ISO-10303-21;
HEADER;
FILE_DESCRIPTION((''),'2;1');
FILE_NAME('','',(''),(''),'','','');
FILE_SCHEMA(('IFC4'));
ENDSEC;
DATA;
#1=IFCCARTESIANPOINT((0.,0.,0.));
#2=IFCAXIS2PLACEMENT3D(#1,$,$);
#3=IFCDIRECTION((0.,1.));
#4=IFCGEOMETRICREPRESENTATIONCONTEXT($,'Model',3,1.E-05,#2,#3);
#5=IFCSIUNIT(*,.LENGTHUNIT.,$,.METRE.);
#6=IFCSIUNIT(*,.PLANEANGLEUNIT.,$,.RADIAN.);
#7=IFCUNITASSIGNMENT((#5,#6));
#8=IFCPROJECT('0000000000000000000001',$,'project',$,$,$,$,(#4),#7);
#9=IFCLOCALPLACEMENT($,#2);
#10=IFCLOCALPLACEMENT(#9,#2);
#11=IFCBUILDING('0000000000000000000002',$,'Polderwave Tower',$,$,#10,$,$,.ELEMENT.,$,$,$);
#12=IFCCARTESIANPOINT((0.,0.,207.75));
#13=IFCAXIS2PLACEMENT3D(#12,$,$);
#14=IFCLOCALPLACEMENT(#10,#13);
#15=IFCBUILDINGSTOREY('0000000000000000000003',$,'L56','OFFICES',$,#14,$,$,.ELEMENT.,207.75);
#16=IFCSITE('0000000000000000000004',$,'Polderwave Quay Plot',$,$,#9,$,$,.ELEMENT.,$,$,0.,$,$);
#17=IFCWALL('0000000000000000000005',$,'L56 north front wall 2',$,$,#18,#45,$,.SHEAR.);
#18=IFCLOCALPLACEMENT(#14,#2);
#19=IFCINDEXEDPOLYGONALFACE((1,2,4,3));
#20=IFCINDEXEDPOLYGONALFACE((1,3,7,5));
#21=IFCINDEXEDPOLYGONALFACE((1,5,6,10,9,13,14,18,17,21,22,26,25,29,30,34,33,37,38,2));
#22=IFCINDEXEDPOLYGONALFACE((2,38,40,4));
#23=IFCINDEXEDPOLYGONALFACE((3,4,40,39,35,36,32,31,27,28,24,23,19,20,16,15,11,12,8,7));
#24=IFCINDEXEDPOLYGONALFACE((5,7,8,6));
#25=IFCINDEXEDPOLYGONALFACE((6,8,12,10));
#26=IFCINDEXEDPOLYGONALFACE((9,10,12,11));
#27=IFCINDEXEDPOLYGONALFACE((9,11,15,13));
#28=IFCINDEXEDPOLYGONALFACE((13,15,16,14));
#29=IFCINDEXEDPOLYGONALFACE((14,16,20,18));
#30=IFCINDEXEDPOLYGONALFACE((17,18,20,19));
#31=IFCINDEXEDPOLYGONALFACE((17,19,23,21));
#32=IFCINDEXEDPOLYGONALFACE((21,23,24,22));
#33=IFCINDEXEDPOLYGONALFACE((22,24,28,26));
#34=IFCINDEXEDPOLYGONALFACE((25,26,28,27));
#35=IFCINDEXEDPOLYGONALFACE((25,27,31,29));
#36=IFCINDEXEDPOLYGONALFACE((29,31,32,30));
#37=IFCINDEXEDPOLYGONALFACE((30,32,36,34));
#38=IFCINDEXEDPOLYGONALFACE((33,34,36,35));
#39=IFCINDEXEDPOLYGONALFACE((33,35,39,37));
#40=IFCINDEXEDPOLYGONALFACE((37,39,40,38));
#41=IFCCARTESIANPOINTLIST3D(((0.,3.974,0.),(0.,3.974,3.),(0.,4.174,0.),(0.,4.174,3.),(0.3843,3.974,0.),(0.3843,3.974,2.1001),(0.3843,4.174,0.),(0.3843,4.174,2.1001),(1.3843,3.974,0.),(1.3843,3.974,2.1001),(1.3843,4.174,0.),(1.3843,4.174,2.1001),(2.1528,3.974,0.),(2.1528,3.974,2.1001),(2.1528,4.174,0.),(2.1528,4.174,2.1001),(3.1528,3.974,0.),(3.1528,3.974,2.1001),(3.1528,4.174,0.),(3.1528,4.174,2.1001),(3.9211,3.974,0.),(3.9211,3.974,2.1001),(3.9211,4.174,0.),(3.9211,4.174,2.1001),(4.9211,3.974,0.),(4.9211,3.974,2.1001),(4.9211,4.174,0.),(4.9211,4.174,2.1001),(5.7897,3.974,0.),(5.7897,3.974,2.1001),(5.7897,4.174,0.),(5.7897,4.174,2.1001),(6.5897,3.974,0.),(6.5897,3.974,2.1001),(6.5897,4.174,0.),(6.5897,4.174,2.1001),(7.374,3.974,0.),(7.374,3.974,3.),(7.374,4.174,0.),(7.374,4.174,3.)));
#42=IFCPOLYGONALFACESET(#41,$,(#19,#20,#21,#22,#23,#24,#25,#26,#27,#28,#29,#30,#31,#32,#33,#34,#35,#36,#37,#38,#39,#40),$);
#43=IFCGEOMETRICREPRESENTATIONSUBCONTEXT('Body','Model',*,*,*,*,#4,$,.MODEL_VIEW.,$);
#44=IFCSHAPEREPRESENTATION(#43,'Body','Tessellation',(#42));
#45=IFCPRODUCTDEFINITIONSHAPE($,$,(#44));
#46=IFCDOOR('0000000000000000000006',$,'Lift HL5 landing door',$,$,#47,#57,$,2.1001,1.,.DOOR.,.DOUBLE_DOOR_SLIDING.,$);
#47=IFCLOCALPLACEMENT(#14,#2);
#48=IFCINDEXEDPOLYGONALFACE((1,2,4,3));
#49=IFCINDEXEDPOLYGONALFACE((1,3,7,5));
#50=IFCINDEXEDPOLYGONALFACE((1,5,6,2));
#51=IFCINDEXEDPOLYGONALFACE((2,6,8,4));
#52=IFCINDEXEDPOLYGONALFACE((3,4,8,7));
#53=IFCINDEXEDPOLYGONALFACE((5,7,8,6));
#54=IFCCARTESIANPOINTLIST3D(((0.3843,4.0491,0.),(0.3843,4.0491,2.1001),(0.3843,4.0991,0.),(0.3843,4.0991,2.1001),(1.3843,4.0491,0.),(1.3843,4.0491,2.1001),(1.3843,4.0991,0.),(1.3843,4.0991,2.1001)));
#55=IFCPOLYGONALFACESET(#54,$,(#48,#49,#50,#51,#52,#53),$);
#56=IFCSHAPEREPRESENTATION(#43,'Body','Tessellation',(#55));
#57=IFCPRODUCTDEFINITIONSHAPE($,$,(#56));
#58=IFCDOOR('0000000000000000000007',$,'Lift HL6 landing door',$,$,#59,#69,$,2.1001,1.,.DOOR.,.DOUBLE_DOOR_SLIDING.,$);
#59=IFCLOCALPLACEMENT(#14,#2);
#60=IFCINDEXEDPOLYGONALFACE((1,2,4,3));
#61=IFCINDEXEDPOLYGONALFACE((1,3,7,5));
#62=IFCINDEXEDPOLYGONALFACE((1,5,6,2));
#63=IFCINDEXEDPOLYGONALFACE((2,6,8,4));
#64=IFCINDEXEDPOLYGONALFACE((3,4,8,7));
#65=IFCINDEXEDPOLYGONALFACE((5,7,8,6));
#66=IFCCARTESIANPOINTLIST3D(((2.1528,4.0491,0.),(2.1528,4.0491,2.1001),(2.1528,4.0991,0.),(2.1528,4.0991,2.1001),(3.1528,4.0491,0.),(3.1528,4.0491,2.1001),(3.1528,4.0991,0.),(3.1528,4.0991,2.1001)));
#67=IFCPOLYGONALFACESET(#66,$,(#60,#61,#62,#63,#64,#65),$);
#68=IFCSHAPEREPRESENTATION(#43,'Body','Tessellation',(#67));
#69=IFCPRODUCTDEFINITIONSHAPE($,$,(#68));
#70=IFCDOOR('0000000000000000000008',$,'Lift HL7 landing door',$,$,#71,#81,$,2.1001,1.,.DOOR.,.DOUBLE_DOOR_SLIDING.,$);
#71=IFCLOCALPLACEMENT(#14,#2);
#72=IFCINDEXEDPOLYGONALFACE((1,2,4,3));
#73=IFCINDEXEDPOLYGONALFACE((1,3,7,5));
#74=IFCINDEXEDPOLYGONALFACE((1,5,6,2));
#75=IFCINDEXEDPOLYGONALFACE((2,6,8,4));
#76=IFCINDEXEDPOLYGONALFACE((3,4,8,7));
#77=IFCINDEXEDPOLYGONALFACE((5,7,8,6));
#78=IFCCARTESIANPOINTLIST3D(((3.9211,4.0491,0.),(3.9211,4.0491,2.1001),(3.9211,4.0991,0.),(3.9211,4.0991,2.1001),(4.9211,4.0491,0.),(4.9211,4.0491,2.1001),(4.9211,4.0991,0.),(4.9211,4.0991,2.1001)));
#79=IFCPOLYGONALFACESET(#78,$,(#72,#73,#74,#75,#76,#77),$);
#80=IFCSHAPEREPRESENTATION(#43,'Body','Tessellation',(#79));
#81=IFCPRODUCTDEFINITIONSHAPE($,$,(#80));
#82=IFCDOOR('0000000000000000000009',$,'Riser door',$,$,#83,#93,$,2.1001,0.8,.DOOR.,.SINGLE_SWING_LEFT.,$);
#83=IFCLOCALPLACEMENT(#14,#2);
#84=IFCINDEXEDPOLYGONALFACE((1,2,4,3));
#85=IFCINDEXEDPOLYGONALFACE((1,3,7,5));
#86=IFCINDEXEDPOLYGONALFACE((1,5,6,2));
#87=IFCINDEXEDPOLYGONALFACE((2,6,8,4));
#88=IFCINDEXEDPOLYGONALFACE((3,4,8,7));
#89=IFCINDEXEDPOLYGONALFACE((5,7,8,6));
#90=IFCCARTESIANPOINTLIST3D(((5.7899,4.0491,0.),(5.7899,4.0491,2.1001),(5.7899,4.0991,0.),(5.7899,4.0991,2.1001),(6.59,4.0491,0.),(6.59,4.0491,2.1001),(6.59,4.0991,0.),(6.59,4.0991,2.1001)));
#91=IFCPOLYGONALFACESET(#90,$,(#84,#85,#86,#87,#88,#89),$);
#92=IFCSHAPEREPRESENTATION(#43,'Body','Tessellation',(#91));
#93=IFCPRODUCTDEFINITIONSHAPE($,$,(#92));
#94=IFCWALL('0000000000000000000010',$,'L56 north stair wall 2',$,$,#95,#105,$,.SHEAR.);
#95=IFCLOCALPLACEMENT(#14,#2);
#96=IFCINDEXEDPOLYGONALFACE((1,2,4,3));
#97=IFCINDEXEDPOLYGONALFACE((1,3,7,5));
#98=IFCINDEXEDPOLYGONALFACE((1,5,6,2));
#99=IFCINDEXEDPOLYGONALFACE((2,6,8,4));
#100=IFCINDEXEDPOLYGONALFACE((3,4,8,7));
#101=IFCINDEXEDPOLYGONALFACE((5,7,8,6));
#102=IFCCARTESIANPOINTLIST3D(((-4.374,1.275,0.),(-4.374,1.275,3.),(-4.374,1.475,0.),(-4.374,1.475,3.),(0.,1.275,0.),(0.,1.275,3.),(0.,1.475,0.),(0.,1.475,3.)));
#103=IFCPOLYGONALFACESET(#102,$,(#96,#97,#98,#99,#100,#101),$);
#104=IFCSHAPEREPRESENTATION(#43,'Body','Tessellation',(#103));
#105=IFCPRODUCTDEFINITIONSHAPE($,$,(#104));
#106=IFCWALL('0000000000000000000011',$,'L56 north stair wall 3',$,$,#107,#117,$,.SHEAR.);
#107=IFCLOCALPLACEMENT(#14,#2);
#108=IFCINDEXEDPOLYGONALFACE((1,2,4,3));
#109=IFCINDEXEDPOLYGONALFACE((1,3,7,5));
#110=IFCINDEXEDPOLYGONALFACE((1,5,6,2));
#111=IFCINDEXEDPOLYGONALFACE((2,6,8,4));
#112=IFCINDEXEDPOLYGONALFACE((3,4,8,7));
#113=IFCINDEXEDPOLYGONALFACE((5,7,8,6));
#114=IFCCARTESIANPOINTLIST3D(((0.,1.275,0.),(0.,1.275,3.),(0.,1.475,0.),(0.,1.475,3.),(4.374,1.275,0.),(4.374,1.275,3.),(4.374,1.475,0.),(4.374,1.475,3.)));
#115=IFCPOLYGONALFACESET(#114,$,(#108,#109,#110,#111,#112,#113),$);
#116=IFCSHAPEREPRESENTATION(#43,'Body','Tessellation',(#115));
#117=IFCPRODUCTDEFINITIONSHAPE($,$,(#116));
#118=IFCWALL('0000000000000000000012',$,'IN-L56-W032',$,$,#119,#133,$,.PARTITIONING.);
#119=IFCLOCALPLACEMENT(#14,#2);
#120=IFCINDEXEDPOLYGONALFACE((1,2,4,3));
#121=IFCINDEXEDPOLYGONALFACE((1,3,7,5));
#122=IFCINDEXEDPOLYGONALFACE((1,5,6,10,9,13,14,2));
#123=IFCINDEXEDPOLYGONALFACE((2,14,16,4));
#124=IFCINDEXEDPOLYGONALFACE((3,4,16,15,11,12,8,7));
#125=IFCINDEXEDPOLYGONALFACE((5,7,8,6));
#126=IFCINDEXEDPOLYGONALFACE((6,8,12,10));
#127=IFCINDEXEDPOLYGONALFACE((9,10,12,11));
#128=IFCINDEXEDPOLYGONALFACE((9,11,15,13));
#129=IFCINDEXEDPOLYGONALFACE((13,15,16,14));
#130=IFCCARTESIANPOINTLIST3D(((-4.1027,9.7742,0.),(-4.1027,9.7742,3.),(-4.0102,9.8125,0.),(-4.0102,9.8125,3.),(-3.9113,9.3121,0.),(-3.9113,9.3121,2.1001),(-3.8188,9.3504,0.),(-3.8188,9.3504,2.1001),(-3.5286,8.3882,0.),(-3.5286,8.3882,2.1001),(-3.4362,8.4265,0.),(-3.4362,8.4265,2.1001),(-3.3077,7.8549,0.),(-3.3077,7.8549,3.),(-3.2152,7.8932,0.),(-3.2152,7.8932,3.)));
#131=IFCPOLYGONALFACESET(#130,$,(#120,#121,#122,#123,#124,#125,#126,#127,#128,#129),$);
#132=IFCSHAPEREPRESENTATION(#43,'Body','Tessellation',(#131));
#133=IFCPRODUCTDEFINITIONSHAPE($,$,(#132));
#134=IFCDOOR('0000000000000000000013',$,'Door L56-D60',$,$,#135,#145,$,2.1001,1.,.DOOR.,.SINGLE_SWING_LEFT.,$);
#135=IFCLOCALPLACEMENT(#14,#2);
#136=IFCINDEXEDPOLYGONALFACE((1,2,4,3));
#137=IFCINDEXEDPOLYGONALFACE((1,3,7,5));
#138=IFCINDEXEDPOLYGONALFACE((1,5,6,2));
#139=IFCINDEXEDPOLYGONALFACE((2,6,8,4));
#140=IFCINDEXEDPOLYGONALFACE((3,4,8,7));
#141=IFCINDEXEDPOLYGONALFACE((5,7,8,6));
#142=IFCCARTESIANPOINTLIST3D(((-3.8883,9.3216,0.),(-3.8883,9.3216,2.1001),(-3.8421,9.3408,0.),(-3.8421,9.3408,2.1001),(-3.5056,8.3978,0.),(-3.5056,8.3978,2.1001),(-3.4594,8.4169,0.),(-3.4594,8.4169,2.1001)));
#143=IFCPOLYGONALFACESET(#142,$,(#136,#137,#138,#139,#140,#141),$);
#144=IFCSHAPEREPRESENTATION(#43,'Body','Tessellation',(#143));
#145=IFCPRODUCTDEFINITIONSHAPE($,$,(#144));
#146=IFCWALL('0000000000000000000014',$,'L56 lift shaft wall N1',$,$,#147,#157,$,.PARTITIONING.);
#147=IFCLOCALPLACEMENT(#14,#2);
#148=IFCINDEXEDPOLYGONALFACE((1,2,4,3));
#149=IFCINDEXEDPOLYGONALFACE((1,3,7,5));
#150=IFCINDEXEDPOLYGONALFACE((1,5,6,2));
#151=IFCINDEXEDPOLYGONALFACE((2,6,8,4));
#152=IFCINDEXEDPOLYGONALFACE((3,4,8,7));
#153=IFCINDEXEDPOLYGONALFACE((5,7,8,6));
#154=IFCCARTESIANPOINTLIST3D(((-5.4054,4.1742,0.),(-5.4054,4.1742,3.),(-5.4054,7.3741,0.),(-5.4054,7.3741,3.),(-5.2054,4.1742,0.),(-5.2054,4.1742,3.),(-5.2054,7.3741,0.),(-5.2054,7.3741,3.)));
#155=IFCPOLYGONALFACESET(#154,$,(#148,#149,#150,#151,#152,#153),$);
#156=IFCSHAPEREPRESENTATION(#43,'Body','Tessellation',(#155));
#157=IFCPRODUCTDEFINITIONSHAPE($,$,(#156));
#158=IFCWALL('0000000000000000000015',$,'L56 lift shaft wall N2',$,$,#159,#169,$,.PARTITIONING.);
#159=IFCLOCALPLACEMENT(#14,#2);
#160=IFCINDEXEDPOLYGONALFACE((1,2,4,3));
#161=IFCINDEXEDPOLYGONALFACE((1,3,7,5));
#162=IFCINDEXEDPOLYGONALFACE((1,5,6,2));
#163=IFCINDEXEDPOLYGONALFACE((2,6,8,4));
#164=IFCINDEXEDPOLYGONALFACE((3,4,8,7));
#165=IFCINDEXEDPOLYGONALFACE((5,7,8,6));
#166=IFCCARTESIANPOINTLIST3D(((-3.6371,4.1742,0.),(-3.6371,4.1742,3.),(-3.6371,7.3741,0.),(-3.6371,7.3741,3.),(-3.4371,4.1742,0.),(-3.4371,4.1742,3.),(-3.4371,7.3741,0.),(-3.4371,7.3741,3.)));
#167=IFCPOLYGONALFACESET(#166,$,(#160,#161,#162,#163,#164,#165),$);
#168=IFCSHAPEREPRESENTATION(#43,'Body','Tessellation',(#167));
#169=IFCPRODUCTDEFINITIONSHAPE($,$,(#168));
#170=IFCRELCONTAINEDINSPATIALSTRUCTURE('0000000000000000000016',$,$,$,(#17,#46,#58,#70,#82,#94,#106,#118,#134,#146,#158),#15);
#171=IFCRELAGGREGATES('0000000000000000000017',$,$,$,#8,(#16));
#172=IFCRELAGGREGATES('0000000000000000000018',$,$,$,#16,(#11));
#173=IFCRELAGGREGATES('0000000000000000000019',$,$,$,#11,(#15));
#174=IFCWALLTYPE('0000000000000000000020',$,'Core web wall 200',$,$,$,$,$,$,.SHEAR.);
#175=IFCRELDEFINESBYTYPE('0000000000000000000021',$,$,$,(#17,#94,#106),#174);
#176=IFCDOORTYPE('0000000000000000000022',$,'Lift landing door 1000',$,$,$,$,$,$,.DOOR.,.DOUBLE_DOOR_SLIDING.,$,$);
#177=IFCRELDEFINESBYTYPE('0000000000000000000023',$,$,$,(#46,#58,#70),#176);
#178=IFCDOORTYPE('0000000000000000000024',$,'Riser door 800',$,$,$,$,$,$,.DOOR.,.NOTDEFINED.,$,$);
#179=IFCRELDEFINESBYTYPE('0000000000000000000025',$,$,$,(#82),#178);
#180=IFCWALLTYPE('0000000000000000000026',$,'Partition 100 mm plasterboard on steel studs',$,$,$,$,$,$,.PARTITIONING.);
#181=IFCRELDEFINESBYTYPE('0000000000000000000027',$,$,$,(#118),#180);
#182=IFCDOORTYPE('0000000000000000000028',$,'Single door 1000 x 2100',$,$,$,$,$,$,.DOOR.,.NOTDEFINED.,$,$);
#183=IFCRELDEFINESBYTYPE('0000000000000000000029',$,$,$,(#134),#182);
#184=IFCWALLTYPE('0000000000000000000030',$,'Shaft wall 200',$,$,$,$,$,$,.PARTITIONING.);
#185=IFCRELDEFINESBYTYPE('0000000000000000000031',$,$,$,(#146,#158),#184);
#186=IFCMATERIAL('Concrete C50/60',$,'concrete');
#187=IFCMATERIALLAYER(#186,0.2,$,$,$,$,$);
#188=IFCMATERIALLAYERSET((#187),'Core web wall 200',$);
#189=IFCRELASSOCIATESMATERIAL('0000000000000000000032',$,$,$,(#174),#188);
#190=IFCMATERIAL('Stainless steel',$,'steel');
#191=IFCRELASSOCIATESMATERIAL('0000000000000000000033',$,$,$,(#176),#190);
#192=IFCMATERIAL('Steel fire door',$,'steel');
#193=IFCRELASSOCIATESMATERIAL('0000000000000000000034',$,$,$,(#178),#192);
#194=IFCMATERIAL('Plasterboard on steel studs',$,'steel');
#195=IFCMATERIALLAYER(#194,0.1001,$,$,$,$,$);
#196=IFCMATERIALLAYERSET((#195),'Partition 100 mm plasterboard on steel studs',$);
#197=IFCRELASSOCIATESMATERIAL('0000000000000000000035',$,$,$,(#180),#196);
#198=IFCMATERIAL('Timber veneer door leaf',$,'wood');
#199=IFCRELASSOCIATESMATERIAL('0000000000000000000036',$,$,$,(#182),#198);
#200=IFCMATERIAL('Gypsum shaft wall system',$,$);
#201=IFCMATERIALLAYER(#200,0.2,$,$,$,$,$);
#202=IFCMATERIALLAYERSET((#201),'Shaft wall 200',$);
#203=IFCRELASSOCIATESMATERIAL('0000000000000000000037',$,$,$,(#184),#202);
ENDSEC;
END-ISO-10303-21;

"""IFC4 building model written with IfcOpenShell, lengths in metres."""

from ifc_helpers import new_model, si_unit, direction, frame, frame_2d, origin, place, context, subcontext, project, spatial, rectangle, extrude, material, layer, layer_set, type_object, element, fill, save


model = new_model("IFC4")

# Units and contexts
model_context = context("Model", 3, precision=1e-05, world=origin(), true_north=direction((0.0, 1.0)))
body_context = subcontext(model_context, "Body", "Model", "MODEL_VIEW")
ifc_project = project(units=[si_unit("LENGTHUNIT", "METRE"), si_unit("PLANEANGLEUNIT", "RADIAN")], contexts=[model_context])

# Site, building, storey
site_placement = place(None, origin())
site = spatial("IfcSite", under=ifc_project, at=site_placement, Name="Polderwave Quay Plot", CompositionType="ELEMENT", RefElevation=0.0)
building_placement = place(site_placement, origin())
building = spatial("IfcBuilding", under=site, at=building_placement, Name="Polderwave Tower", CompositionType="ELEMENT")
storey_placement = place(building_placement, frame((0.0, 0.0, 207.75)))
storey = spatial("IfcBuildingStorey", under=building, at=storey_placement, Name="L56", Description="OFFICES", CompositionType="ELEMENT", Elevation=207.75)

# Wall, openings, doors
ifc_material_1 = material(Name="Concrete C50/60", Category="concrete")
ifc_layer_1 = layer(ifc_material_1, 0.2)
ifc_layer_set_1 = layer_set([ifc_layer_1], Name="Core web wall 200")
wall_type_1 = type_object("IfcWallType", Name="Core web wall 200", PredefinedType="SHEAR", material=ifc_layer_set_1)
wall_1_placement = place(storey_placement, frame((0.0, 4.074, 0.0), z_axis=(0.0, 0.0, 1.0), x_axis=(1.0, 0.0, 0.0)))
wall_1 = element("IfcWall", 1, at=wall_1_placement, inside=storey, type_object=wall_type_1, Name="L56 north front wall 2", PredefinedType="SHEAR", context=body_context, shape_type="SweptSolid", body=[
    extrude(rectangle(XDim=7.374, YDim=0.2, at=frame_2d((3.687, 0.0))), origin(), (0.0, 0.0, 1.0), 3.0),
])
opening_1_placement = place(wall_1_placement, frame((0.3843, 0.0, 0.0)))
opening_1 = element("IfcOpeningElement", 2, at=opening_1_placement, cuts=wall_1, PredefinedType="OPENING", context=body_context, shape_type="SweptSolid", body=[
    extrude(rectangle(XDim=1.0, YDim=2.1001, at=frame_2d((0.5, 1.05))), frame((0.0, 0.1099, 0.0), z_axis=(0.0, -1.0, 0.0), x_axis=(1.0, 0.0, 0.0)), (0.0, 0.0, 1.0), 0.22),
])
opening_2_placement = place(wall_1_placement, frame((2.1528, 0.0, 0.0)))
opening_2 = element("IfcOpeningElement", 3, at=opening_2_placement, cuts=wall_1, PredefinedType="OPENING", context=body_context, shape_type="SweptSolid", body=[
    extrude(rectangle(XDim=1.0, YDim=2.1001, at=frame_2d((0.5, 1.05))), frame((0.0, 0.1099, 0.0), z_axis=(0.0, -1.0, 0.0), x_axis=(1.0, 0.0, 0.0)), (0.0, 0.0, 1.0), 0.22),
])
opening_3_placement = place(wall_1_placement, frame((3.9211, 0.0, 0.0)))
opening_3 = element("IfcOpeningElement", 4, at=opening_3_placement, cuts=wall_1, PredefinedType="OPENING", context=body_context, shape_type="SweptSolid", body=[
    extrude(rectangle(XDim=1.0, YDim=2.1001, at=frame_2d((0.5, 1.05))), frame((0.0, 0.1099, 0.0), z_axis=(0.0, -1.0, 0.0), x_axis=(1.0, 0.0, 0.0)), (0.0, 0.0, 1.0), 0.22),
])
opening_4_placement = place(wall_1_placement, frame((5.7898, 0.0, 0.0)))
opening_4 = element("IfcOpeningElement", 5, at=opening_4_placement, cuts=wall_1, PredefinedType="OPENING", context=body_context, shape_type="SweptSolid", body=[
    extrude(rectangle(XDim=0.8, YDim=2.1001, at=frame_2d((0.3999, 1.05))), frame((0.0, 0.1099, 0.0), z_axis=(0.0, -1.0, 0.0), x_axis=(1.0, 0.0, 0.0)), (0.0, 0.0, 1.0), 0.22),
])
ifc_material_2 = material(Name="Stainless steel", Category="steel")
door_type_1 = type_object("IfcDoorType", Name="Lift landing door 1000", OperationType="DOUBLE_DOOR_SLIDING", PredefinedType="DOOR", material=ifc_material_2)
door_1_placement = place(opening_1_placement, frame((1.0, 0.0, 0.0), z_axis=(0.0, 0.0, 1.0), x_axis=(-1.0, 0.0, 0.0)))
door_1 = element("IfcDoor", 6, at=door_1_placement, inside=storey, type_object=door_type_1, Name="Lift HL5 landing door", OperationType="DOUBLE_DOOR_SLIDING", OverallHeight=2.1001, OverallWidth=1.0, PredefinedType="DOOR", context=body_context, shape_type="SweptSolid", body=[
    extrude(rectangle(XDim=1.0, YDim=2.1001, at=frame_2d((0.5, 1.05))), frame((0.0, 0.0249, 0.0), z_axis=(0.0, -1.0, 0.0), x_axis=(1.0, 0.0, 0.0)), (0.0, 0.0, 1.0), 0.05),
])
fill(opening_1, door_1)
door_2_placement = place(opening_2_placement, frame((1.0, 0.0, 0.0), z_axis=(0.0, 0.0, 1.0), x_axis=(-1.0, 0.0, 0.0)))
door_2 = element("IfcDoor", 7, at=door_2_placement, inside=storey, type_object=door_type_1, Name="Lift HL6 landing door", OperationType="DOUBLE_DOOR_SLIDING", OverallHeight=2.1001, OverallWidth=1.0, PredefinedType="DOOR", context=body_context, shape_type="SweptSolid", body=[
    extrude(rectangle(XDim=1.0, YDim=2.1001, at=frame_2d((0.5, 1.05))), frame((0.0, 0.0249, 0.0), z_axis=(0.0, -1.0, 0.0), x_axis=(1.0, 0.0, 0.0)), (0.0, 0.0, 1.0), 0.05),
])
fill(opening_2, door_2)
door_3_placement = place(opening_3_placement, frame((1.0, 0.0, 0.0), z_axis=(0.0, 0.0, 1.0), x_axis=(-1.0, 0.0, 0.0)))
door_3 = element("IfcDoor", 8, at=door_3_placement, inside=storey, type_object=door_type_1, Name="Lift HL7 landing door", OperationType="DOUBLE_DOOR_SLIDING", OverallHeight=2.1001, OverallWidth=1.0, PredefinedType="DOOR", context=body_context, shape_type="SweptSolid", body=[
    extrude(rectangle(XDim=1.0, YDim=2.1001, at=frame_2d((0.5, 1.05))), frame((0.0, 0.0249, 0.0), z_axis=(0.0, -1.0, 0.0), x_axis=(1.0, 0.0, 0.0)), (0.0, 0.0, 1.0), 0.05),
])
fill(opening_3, door_3)
ifc_material_3 = material(Name="Steel fire door", Category="steel")
door_type_2 = type_object("IfcDoorType", Name="Riser door 800", OperationType="NOTDEFINED", PredefinedType="DOOR", material=ifc_material_3)
door_4_placement = place(opening_4_placement, frame((0.8, 0.0, 0.0), z_axis=(0.0, 0.0, 1.0), x_axis=(-1.0, 0.0, 0.0)))
door_4 = element("IfcDoor", 9, at=door_4_placement, inside=storey, type_object=door_type_2, Name="Riser door", OperationType="SINGLE_SWING_LEFT", OverallHeight=2.1001, OverallWidth=0.8, PredefinedType="DOOR", context=body_context, shape_type="SweptSolid", body=[
    extrude(rectangle(XDim=0.8, YDim=2.1001, at=frame_2d((0.3999, 1.05))), frame((0.0, 0.0249, 0.0), z_axis=(0.0, -1.0, 0.0), x_axis=(1.0, 0.0, 0.0)), (0.0, 0.0, 1.0), 0.05),
])
fill(opening_4, door_4)

# Walls
for number, where, z_axis, x_axis, name in (
    (10, (-4.374, 1.375, 0.0), (0.0, 0.0, 1.0), (1.0, 0.0, 0.0), "L56 north stair wall 2"),
    (11, (0.0, 1.375, 0.0), (0.0, 0.0, 1.0), (1.0, 0.0, 0.0), "L56 north stair wall 3"),
):
    element("IfcWall", number, at=place(storey_placement, frame(where, z_axis=z_axis, x_axis=x_axis)), inside=storey, type_object=wall_type_1, Name=name, PredefinedType="SHEAR", context=body_context, shape_type="SweptSolid", body=[
        extrude(rectangle(XDim=4.374, YDim=0.2, at=frame_2d((2.187, 0.0))), origin(), (0.0, 0.0, 1.0), 3.0),
    ])

# Wall, opening, door
ifc_material_4 = material(Name="Plasterboard on steel studs", Category="steel")
ifc_layer_2 = layer(ifc_material_4, 0.1001)
ifc_layer_set_2 = layer_set([ifc_layer_2], Name="Partition 100 mm plasterboard on steel studs")
wall_type_2 = type_object("IfcWallType", Name="Partition 100 mm plasterboard on steel studs", PredefinedType="PARTITIONING", material=ifc_layer_set_2)
wall_2_placement = place(storey_placement, frame((-4.0564, 9.7932, 0.0), z_axis=(0.0, 0.0, 1.0), x_axis=(0.38267, -0.923885, 0.0)))
wall_2 = element("IfcWall", 12, at=wall_2_placement, inside=storey, type_object=wall_type_2, Name="IN-L56-W032", PredefinedType="PARTITIONING", context=body_context, shape_type="SweptSolid", body=[
    extrude(rectangle(XDim=2.0774, YDim=0.1001, at=frame_2d((1.0386, 0.0))), origin(), (0.0, 0.0, 1.0), 3.0),
])
opening_5_placement = place(wall_2_placement, frame((0.5, 0.0, 0.0)))
opening_5 = element("IfcOpeningElement", 13, at=opening_5_placement, cuts=wall_2, PredefinedType="OPENING", context=body_context, shape_type="SweptSolid", body=[
    extrude(rectangle(XDim=1.0, YDim=2.1001, at=frame_2d((0.5, 1.05))), frame((0.0, 0.0601, 0.0), z_axis=(0.0, -1.0, 0.0), x_axis=(1.0, 0.0, 0.0)), (0.0, 0.0, 1.0), 0.1201),
])
ifc_material_5 = material(Name="Timber veneer door leaf", Category="wood")
door_type_3 = type_object("IfcDoorType", Name="Single door 1000 x 2100", OperationType="NOTDEFINED", PredefinedType="DOOR", material=ifc_material_5)
door_5_placement = place(opening_5_placement, origin())
door_5 = element("IfcDoor", 14, at=door_5_placement, inside=storey, type_object=door_type_3, Name="Door L56-D60", OperationType="SINGLE_SWING_LEFT", OverallHeight=2.1001, OverallWidth=1.0, PredefinedType="DOOR", context=body_context, shape_type="SweptSolid", body=[
    extrude(rectangle(XDim=1.0, YDim=2.1001, at=frame_2d((0.5, 1.05))), frame((0.0, 0.0249, 0.0), z_axis=(0.0, -1.0, 0.0), x_axis=(1.0, 0.0, 0.0)), (0.0, 0.0, 1.0), 0.05),
])
fill(opening_5, door_5)

# Walls
ifc_material_6 = material(Name="Gypsum shaft wall system")
ifc_layer_3 = layer(ifc_material_6, 0.2)
ifc_layer_set_3 = layer_set([ifc_layer_3], Name="Shaft wall 200")
wall_type_3 = type_object("IfcWallType", Name="Shaft wall 200", PredefinedType="PARTITIONING", material=ifc_layer_set_3)
for number, where, z_axis, x_axis, name in (
    (15, (-5.3054, 4.1741, 0.0), (0.0, 0.0, 1.0), (0.0, 1.0, 0.0), "L56 lift shaft wall N1"),
    (16, (-3.5371, 4.1741, 0.0), (0.0, 0.0, 1.0), (0.0, 1.0, 0.0), "L56 lift shaft wall N2"),
):
    element("IfcWall", number, at=place(storey_placement, frame(where, z_axis=z_axis, x_axis=x_axis)), inside=storey, type_object=wall_type_3, Name=name, PredefinedType="PARTITIONING", context=body_context, shape_type="SweptSolid", body=[
        extrude(rectangle(XDim=3.2, YDim=0.2, at=frame_2d((1.6001, 0.0))), origin(), (0.0, 0.0, 1.0), 3.0),
    ])

save(model, "model.ifc")
